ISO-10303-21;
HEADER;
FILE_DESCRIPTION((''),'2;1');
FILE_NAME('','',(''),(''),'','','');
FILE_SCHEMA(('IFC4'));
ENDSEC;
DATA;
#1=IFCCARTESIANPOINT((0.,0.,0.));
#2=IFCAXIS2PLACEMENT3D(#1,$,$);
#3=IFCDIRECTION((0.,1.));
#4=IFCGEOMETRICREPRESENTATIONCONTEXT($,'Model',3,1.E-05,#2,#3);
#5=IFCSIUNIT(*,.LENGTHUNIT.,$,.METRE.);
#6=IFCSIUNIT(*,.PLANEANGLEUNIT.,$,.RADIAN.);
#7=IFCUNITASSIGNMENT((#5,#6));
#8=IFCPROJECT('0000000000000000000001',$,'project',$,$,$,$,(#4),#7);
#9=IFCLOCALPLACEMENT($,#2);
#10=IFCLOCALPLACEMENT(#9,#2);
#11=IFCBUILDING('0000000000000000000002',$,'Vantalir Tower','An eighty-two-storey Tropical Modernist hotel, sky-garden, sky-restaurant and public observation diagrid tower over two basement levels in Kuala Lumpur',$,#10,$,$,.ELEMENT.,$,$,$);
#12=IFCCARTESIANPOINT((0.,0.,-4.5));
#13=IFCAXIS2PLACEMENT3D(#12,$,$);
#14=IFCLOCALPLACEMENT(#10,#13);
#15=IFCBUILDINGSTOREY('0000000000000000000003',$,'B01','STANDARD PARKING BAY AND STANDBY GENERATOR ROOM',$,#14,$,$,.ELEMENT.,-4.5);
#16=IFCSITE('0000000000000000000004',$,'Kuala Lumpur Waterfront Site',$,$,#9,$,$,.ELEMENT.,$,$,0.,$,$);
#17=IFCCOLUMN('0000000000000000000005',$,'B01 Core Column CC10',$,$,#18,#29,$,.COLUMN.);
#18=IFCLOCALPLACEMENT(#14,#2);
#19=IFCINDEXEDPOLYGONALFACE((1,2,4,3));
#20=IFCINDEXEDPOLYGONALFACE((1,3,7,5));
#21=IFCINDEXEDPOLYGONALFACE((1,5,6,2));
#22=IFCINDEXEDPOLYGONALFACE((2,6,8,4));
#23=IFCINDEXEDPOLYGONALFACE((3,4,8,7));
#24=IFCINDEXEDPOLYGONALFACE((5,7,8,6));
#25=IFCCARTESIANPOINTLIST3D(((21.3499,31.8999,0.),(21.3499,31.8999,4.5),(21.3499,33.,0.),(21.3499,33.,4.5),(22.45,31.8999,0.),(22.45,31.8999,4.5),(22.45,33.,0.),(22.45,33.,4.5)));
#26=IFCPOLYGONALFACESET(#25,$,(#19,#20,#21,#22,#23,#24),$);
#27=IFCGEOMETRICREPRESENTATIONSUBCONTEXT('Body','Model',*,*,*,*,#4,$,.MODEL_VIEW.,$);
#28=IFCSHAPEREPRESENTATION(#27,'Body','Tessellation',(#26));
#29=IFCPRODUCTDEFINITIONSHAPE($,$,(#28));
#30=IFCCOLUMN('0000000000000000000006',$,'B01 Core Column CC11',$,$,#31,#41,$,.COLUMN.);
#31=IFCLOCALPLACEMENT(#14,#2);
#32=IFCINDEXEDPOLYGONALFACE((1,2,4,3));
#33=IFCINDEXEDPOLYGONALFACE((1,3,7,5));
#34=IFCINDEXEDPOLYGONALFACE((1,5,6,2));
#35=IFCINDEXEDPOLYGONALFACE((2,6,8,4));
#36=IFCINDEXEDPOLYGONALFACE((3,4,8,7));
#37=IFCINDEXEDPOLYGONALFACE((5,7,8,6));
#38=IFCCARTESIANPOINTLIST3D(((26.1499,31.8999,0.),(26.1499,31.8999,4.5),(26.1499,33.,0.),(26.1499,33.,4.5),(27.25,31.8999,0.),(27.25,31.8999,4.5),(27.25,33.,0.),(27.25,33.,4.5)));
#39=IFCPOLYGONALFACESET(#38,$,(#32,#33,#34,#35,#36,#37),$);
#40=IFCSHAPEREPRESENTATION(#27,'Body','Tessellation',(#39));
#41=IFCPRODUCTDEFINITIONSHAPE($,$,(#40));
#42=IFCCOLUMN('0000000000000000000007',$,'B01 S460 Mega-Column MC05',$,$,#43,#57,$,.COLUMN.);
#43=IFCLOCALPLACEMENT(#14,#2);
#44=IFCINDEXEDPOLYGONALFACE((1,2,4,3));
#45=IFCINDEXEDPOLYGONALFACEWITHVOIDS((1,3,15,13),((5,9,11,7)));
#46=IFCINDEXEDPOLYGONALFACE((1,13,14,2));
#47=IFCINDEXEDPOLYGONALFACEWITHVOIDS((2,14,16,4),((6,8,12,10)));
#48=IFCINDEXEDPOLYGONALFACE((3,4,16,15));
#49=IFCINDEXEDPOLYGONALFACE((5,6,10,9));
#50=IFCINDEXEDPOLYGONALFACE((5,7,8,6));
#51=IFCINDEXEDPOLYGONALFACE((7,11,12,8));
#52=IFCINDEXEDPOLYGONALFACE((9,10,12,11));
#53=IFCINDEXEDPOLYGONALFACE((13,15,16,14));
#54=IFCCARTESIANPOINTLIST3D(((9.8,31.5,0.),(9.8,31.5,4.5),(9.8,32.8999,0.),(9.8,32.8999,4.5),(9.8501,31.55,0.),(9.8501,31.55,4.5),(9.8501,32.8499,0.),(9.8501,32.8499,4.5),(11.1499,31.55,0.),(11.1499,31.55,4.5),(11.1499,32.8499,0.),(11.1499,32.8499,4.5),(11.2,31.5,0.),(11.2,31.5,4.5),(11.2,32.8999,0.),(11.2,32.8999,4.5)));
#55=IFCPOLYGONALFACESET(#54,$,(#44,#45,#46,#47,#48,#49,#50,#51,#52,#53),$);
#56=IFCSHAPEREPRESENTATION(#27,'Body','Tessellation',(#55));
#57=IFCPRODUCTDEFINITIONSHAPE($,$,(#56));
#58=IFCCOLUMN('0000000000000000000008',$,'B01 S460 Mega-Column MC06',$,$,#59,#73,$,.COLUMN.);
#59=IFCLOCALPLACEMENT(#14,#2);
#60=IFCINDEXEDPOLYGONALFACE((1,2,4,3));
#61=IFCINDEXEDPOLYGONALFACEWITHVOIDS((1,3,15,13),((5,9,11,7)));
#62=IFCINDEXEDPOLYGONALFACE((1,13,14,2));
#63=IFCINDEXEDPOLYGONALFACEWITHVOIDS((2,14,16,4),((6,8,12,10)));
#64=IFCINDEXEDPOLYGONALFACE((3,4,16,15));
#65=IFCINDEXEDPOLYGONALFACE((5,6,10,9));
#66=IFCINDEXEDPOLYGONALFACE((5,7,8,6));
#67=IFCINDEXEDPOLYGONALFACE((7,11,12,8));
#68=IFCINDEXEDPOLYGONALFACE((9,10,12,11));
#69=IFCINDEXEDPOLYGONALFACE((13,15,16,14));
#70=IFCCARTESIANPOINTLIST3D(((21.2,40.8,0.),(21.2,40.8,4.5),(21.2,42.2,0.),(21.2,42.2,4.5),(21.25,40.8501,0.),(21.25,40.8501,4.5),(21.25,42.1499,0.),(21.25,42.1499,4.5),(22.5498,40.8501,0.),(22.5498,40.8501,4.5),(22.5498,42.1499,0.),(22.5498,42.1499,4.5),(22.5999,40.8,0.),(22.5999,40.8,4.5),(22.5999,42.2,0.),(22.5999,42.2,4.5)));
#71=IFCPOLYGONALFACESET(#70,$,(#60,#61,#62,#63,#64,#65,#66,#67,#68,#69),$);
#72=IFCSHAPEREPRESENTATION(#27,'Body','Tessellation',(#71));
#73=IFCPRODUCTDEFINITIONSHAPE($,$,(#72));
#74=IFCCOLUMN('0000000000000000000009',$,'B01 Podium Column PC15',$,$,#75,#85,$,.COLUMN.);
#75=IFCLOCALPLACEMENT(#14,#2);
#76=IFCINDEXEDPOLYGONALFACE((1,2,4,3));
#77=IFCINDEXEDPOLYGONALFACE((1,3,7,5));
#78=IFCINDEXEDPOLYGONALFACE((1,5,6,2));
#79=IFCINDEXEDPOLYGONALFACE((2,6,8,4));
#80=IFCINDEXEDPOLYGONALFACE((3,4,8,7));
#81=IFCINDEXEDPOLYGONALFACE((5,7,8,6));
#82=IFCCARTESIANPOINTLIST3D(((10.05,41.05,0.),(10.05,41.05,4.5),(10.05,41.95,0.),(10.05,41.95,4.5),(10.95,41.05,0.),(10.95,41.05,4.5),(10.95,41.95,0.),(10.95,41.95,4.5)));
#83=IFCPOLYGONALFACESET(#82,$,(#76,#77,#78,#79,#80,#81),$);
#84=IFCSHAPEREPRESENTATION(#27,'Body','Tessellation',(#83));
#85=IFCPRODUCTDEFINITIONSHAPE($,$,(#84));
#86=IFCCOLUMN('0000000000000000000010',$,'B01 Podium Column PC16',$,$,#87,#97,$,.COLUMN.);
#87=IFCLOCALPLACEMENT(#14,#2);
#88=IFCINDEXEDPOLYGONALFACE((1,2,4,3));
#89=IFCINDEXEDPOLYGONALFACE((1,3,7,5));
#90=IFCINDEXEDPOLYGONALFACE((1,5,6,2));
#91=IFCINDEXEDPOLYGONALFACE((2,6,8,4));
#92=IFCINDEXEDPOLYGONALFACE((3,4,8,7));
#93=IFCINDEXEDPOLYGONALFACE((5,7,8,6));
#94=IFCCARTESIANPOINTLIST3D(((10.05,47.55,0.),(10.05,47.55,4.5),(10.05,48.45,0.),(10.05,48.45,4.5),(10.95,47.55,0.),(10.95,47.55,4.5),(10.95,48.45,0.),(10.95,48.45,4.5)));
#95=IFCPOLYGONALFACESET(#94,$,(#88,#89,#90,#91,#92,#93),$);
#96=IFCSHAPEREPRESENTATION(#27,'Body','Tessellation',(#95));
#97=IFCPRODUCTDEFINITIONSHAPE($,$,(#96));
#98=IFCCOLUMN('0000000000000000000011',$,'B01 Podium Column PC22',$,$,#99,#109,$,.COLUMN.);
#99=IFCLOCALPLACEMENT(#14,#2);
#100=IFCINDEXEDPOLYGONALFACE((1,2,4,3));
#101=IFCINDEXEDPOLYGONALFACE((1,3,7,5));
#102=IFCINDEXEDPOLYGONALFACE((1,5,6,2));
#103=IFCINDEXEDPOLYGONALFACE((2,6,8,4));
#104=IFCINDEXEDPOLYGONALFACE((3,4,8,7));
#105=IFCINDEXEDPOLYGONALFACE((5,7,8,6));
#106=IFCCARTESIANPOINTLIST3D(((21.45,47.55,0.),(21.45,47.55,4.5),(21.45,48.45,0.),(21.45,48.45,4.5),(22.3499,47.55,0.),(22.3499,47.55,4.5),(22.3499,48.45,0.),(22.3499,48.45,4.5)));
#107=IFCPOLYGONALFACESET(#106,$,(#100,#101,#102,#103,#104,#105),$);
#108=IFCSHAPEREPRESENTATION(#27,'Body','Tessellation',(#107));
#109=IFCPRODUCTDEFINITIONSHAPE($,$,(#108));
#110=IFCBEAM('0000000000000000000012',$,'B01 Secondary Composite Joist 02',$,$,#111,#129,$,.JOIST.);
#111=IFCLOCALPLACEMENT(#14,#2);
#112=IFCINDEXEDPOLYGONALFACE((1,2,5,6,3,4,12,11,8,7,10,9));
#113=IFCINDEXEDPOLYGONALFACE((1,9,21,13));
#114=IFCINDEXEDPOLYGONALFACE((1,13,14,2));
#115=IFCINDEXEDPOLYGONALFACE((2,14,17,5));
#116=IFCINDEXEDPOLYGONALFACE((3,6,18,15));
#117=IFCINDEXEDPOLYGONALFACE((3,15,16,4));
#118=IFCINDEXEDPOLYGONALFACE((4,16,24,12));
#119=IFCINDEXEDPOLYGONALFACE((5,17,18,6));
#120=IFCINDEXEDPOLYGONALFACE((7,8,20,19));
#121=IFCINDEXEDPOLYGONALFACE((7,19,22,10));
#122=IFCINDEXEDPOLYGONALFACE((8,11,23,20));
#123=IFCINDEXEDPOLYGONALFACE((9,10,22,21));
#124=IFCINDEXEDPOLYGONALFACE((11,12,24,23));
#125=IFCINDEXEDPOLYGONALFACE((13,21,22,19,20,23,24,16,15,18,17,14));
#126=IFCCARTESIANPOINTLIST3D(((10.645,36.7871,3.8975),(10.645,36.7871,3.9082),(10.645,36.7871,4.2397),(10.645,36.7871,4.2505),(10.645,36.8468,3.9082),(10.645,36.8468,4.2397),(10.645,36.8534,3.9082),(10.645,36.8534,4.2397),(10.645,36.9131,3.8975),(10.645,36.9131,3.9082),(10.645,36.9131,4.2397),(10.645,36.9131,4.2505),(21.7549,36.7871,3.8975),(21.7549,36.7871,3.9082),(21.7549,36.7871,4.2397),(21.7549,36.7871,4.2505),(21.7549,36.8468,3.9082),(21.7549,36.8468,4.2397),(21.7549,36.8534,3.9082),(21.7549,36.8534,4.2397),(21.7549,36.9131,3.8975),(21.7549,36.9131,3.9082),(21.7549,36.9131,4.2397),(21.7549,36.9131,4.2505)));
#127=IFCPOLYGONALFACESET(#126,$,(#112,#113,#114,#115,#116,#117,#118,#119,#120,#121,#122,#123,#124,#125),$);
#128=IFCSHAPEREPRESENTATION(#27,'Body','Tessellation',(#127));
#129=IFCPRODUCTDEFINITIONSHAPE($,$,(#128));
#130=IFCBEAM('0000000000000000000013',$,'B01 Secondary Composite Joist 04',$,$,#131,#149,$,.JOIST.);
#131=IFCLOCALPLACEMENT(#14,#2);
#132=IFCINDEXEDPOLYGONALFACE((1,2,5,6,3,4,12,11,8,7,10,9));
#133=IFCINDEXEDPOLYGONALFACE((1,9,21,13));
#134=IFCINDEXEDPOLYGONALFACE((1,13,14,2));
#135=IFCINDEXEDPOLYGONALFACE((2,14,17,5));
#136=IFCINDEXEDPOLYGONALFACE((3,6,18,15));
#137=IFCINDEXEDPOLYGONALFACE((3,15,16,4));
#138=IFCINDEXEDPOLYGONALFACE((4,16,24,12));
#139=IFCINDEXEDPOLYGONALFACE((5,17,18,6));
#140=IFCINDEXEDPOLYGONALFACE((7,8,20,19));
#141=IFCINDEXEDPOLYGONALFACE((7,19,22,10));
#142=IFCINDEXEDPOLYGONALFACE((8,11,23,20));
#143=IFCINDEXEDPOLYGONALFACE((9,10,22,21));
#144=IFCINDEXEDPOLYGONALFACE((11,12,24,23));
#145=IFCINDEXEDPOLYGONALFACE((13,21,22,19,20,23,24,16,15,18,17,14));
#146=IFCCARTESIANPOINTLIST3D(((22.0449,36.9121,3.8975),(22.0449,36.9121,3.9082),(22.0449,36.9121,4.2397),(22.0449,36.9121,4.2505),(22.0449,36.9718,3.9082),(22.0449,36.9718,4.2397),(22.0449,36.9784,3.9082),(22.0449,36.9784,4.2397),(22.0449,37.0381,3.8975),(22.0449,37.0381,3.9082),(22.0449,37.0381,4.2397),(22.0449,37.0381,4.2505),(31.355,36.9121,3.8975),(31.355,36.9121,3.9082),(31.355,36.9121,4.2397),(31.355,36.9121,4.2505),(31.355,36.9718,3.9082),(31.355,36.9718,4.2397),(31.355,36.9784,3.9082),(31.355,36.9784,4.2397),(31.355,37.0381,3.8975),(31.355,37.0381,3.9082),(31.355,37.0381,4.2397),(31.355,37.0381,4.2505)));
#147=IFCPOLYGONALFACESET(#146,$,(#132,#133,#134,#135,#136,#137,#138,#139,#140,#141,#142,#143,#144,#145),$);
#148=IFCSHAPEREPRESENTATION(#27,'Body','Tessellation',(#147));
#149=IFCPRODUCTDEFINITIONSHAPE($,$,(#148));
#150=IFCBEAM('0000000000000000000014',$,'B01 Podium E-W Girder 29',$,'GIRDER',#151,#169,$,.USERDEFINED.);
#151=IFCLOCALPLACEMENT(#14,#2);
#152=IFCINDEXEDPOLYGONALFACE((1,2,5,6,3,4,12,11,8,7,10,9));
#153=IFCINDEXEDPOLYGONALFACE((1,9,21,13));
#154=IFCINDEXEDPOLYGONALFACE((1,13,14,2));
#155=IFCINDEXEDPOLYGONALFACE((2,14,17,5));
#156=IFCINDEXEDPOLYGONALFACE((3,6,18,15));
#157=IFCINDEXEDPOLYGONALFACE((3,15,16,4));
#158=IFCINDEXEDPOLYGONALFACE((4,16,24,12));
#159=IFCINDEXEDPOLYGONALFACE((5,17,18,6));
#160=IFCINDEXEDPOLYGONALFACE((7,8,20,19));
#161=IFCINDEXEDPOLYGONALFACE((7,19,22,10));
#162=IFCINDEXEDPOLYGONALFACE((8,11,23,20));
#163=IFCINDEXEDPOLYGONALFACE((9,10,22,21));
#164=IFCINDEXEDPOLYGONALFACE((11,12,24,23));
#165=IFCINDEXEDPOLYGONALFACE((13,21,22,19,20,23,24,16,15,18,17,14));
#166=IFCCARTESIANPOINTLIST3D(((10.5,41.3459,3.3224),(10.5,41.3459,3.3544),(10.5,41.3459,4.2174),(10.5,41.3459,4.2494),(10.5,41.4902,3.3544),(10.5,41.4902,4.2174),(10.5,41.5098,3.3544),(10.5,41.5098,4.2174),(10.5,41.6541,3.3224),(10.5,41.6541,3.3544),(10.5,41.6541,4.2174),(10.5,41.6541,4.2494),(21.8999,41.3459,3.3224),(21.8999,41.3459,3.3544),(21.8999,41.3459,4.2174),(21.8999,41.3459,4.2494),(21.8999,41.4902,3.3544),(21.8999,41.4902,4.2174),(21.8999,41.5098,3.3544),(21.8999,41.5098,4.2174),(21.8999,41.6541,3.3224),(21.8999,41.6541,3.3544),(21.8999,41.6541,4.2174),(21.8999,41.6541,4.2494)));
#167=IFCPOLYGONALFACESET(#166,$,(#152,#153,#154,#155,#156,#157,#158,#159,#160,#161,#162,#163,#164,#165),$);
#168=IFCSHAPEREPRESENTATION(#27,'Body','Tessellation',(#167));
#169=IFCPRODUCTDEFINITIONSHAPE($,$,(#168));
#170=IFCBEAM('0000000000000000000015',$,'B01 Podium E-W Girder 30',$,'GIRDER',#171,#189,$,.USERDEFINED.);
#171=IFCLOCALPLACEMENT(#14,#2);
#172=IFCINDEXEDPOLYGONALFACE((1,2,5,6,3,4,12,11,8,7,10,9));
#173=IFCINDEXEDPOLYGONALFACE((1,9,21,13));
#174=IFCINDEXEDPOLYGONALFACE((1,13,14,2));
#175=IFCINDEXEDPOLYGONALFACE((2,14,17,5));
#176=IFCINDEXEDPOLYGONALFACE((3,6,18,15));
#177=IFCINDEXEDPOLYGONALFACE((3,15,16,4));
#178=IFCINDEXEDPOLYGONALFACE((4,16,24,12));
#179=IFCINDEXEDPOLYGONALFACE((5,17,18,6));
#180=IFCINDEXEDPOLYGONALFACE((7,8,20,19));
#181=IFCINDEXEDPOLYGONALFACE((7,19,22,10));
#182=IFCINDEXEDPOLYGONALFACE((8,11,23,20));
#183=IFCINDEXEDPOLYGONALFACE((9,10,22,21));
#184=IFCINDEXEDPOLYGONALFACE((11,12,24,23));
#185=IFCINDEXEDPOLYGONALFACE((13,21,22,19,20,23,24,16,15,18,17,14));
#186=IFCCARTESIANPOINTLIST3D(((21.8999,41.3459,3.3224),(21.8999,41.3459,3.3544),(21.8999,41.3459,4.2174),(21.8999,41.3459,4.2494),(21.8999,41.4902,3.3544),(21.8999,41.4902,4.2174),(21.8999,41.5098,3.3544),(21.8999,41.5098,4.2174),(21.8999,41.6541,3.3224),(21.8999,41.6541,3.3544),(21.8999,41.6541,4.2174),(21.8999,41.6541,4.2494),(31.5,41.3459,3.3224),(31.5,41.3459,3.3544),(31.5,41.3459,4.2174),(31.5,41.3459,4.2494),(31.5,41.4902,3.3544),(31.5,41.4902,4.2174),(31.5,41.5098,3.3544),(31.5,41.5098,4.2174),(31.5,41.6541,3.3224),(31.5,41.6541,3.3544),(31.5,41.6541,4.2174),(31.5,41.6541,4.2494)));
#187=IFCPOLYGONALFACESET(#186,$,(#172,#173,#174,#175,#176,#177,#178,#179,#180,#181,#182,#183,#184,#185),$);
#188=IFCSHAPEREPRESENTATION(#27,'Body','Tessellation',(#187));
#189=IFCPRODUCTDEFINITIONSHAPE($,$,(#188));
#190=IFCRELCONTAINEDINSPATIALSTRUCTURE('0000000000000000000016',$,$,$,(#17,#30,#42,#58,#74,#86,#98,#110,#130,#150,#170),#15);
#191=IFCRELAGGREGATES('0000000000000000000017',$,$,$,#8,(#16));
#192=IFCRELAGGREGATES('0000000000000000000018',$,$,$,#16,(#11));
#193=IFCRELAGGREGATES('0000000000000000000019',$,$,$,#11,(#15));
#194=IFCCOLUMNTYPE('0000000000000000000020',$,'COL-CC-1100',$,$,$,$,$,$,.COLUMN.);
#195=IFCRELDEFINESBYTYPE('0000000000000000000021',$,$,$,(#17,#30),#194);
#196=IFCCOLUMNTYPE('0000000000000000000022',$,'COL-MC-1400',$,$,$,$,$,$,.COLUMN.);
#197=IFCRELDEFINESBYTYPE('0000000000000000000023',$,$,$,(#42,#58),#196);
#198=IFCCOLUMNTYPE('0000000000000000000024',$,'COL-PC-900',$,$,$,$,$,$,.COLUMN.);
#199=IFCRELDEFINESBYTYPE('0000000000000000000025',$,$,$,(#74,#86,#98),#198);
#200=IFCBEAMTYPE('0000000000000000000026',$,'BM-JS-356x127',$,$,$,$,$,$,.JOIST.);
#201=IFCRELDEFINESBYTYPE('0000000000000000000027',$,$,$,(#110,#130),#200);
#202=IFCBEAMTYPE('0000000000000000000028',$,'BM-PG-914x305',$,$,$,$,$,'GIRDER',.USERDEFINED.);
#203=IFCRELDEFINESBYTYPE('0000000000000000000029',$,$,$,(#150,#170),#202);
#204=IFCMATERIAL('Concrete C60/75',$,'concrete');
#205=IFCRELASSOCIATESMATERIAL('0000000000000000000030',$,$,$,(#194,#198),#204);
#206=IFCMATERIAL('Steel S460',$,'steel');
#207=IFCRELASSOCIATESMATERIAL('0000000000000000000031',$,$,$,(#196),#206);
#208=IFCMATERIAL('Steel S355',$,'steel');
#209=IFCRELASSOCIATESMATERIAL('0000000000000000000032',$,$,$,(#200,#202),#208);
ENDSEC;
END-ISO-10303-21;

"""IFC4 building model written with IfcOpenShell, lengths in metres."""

from ifc_helpers import new_model, si_unit, direction, frame, origin, origin_2d, place, context, subcontext, project, spatial, rectangle, hollow_rectangle, i_section, extrude, material, material_profile, profile_set, type_object, element, save


model = new_model("IFC4")

# Units and contexts
model_context = context("Model", 3, precision=1e-05, world=origin(), true_north=direction((0.0, 1.0)))
body_context = subcontext(model_context, "Body", "Model", "MODEL_VIEW")
ifc_project = project(units=[si_unit("LENGTHUNIT", "METRE"), si_unit("PLANEANGLEUNIT", "RADIAN")], contexts=[model_context])

# Site, building, storey
site_placement = place(None, origin())
site = spatial("IfcSite", under=ifc_project, at=site_placement, Name="Kuala Lumpur Waterfront Site", CompositionType="ELEMENT", RefElevation=0.0)
building_placement = place(site_placement, origin())
building = spatial("IfcBuilding", under=site, at=building_placement, Name="Vantalir Tower", Description="An eighty-two-storey Tropical Modernist hotel, sky-garden, sky-restaurant and public observation diagrid tower over two basement levels in Kuala Lumpur", CompositionType="ELEMENT")
storey_placement = place(building_placement, frame((0.0, 0.0, -4.5)))
storey = spatial("IfcBuildingStorey", under=building, at=storey_placement, Name="B01", Description="STANDARD PARKING BAY AND STANDBY GENERATOR ROOM", CompositionType="ELEMENT", Elevation=-4.5)

# Columns
ifc_material_1 = material(Name="Concrete C60/75", Category="concrete")
ifc_material_profile_1 = material_profile(ifc_material_1, rectangle(XDim=1.1001, YDim=1.1001, at=origin_2d()), Name="Concrete C60/75")
ifc_profile_set_1 = profile_set([ifc_material_profile_1], Name="Concrete C60/75")
column_type_1 = type_object("IfcColumnType", Name="COL-CC-1100", PredefinedType="COLUMN", material=ifc_profile_set_1)
for number, where, z_axis, x_axis, name in (
    (1, (21.8999, 32.45, 0.0), (0.0, 0.0, 1.0), (1.0, 0.0, 0.0), "B01 Core Column CC10"),
    (2, (26.7, 32.45, 0.0), (0.0, 0.0, 1.0), (1.0, 0.0, 0.0), "B01 Core Column CC11"),
):
    element("IfcColumn", number, at=place(storey_placement, frame(where, z_axis=z_axis, x_axis=x_axis)), inside=storey, type_object=column_type_1, Name=name, PredefinedType="COLUMN", context=body_context, shape_type="SweptSolid", body=[
        extrude(rectangle(XDim=1.1001, YDim=1.1001, at=origin_2d()), origin(), (0.0, 0.0, 1.0), 4.5),
    ])
ifc_material_2 = material(Name="Steel S460", Category="steel")
ifc_material_profile_2 = material_profile(ifc_material_2, hollow_rectangle(XDim=1.3999, YDim=1.3999, WallThickness=0.05, at=origin_2d()), Name="Steel S460")
ifc_profile_set_2 = profile_set([ifc_material_profile_2], Name="Steel S460")
column_type_2 = type_object("IfcColumnType", Name="COL-MC-1400", PredefinedType="COLUMN", material=ifc_profile_set_2)
for number, where, z_axis, x_axis, name in (
    (3, (10.5, 32.2, 0.0), (0.0, 0.0, 1.0), (1.0, 0.0, 0.0), "B01 S460 Mega-Column MC05"),
    (4, (21.8999, 41.5, 0.0), (0.0, 0.0, 1.0), (1.0, 0.0, 0.0), "B01 S460 Mega-Column MC06"),
):
    element("IfcColumn", number, at=place(storey_placement, frame(where, z_axis=z_axis, x_axis=x_axis)), inside=storey, type_object=column_type_2, Name=name, PredefinedType="COLUMN", context=body_context, shape_type="SweptSolid", body=[
        extrude(hollow_rectangle(XDim=1.3999, YDim=1.3999, WallThickness=0.05, at=origin_2d()), origin(), (0.0, 0.0, 1.0), 4.5),
    ])
ifc_material_profile_3 = material_profile(ifc_material_1, rectangle(XDim=0.8999, YDim=0.8999, at=origin_2d()), Name="Concrete C60/75")
ifc_profile_set_3 = profile_set([ifc_material_profile_3], Name="Concrete C60/75")
column_type_3 = type_object("IfcColumnType", Name="COL-PC-900", PredefinedType="COLUMN", material=ifc_profile_set_3)
for number, where, z_axis, x_axis, name in (
    (5, (10.5, 41.5, 0.0), (0.0, 0.0, 1.0), (1.0, 0.0, 0.0), "B01 Podium Column PC15"),
    (6, (10.5, 48.0, 0.0), (0.0, 0.0, 1.0), (1.0, 0.0, 0.0), "B01 Podium Column PC16"),
    (7, (21.8999, 48.0, 0.0), (0.0, 0.0, 1.0), (1.0, 0.0, 0.0), "B01 Podium Column PC22"),
):
    element("IfcColumn", number, at=place(storey_placement, frame(where, z_axis=z_axis, x_axis=x_axis)), inside=storey, type_object=column_type_3, Name=name, PredefinedType="COLUMN", context=body_context, shape_type="SweptSolid", body=[
        extrude(rectangle(XDim=0.8999, YDim=0.8999, at=origin_2d()), origin(), (0.0, 0.0, 1.0), 4.5),
    ])

# Beams
ifc_material_3 = material(Name="Steel S355", Category="steel")
ifc_material_profile_4 = material_profile(ifc_material_3, i_section(OverallWidth=0.126, OverallDepth=0.353, WebThickness=0.0066, FlangeThickness=0.0107, at=origin_2d()), Name="Steel S355")
ifc_profile_set_4 = profile_set([ifc_material_profile_4], Name="Steel S355")
beam_type_1 = type_object("IfcBeamType", Name="BM-JS-356x127", PredefinedType="JOIST", material=ifc_profile_set_4)
beam_1_placement = place(storey_placement, frame((10.645, 36.8501, 4.074), z_axis=(1.0, 0.0, 0.0), x_axis=(0.0, 1.0, 0.0)))
element("IfcBeam", 8, at=beam_1_placement, inside=storey, type_object=beam_type_1, Name="B01 Secondary Composite Joist 02", PredefinedType="JOIST", context=body_context, shape_type="SweptSolid", body=[
    extrude(i_section(OverallWidth=0.126, OverallDepth=0.353, WebThickness=0.0066, FlangeThickness=0.0107, at=origin_2d()), origin(), (0.0, 0.0, 1.0), 11.1099),
])
beam_2_placement = place(storey_placement, frame((22.0449, 36.9751, 4.074), z_axis=(1.0, 0.0, 0.0), x_axis=(0.0, 1.0, 0.0)))
element("IfcBeam", 9, at=beam_2_placement, inside=storey, type_object=beam_type_1, Name="B01 Secondary Composite Joist 04", PredefinedType="JOIST", context=body_context, shape_type="SweptSolid", body=[
    extrude(i_section(OverallWidth=0.126, OverallDepth=0.353, WebThickness=0.0066, FlangeThickness=0.0107, at=origin_2d()), origin(), (0.0, 0.0, 1.0), 9.3101),
])
ifc_material_profile_5 = material_profile(ifc_material_3, i_section(OverallWidth=0.3081, OverallDepth=0.927, WebThickness=0.0195, FlangeThickness=0.032, at=origin_2d()), Name="Steel S355")
ifc_profile_set_5 = profile_set([ifc_material_profile_5], Name="Steel S355")
beam_type_2 = type_object("IfcBeamType", Name="BM-PG-914x305", ElementType="GIRDER", PredefinedType="USERDEFINED", material=ifc_profile_set_5)
beam_3_placement = place(storey_placement, frame((10.5, 41.5, 3.7859), z_axis=(1.0, 0.0, 0.0), x_axis=(0.0, 1.0, 0.0)))
element("IfcBeam", 10, at=beam_3_placement, inside=storey, type_object=beam_type_2, Name="B01 Podium E-W Girder 29", ObjectType="GIRDER", PredefinedType="USERDEFINED", context=body_context, shape_type="SweptSolid", body=[
    extrude(i_section(OverallWidth=0.3081, OverallDepth=0.927, WebThickness=0.0195, FlangeThickness=0.032, at=origin_2d()), origin(), (0.0, 0.0, 1.0), 11.3999),
])
beam_4_placement = place(storey_placement, frame((21.8999, 41.5, 3.7859), z_axis=(1.0, 0.0, 0.0), x_axis=(0.0, 1.0, 0.0)))
element("IfcBeam", 11, at=beam_4_placement, inside=storey, type_object=beam_type_2, Name="B01 Podium E-W Girder 30", ObjectType="GIRDER", PredefinedType="USERDEFINED", context=body_context, shape_type="SweptSolid", body=[
    extrude(i_section(OverallWidth=0.3081, OverallDepth=0.927, WebThickness=0.0195, FlangeThickness=0.032, at=origin_2d()), origin(), (0.0, 0.0, 1.0), 9.6001),
])

save(model, "model.ifc")
